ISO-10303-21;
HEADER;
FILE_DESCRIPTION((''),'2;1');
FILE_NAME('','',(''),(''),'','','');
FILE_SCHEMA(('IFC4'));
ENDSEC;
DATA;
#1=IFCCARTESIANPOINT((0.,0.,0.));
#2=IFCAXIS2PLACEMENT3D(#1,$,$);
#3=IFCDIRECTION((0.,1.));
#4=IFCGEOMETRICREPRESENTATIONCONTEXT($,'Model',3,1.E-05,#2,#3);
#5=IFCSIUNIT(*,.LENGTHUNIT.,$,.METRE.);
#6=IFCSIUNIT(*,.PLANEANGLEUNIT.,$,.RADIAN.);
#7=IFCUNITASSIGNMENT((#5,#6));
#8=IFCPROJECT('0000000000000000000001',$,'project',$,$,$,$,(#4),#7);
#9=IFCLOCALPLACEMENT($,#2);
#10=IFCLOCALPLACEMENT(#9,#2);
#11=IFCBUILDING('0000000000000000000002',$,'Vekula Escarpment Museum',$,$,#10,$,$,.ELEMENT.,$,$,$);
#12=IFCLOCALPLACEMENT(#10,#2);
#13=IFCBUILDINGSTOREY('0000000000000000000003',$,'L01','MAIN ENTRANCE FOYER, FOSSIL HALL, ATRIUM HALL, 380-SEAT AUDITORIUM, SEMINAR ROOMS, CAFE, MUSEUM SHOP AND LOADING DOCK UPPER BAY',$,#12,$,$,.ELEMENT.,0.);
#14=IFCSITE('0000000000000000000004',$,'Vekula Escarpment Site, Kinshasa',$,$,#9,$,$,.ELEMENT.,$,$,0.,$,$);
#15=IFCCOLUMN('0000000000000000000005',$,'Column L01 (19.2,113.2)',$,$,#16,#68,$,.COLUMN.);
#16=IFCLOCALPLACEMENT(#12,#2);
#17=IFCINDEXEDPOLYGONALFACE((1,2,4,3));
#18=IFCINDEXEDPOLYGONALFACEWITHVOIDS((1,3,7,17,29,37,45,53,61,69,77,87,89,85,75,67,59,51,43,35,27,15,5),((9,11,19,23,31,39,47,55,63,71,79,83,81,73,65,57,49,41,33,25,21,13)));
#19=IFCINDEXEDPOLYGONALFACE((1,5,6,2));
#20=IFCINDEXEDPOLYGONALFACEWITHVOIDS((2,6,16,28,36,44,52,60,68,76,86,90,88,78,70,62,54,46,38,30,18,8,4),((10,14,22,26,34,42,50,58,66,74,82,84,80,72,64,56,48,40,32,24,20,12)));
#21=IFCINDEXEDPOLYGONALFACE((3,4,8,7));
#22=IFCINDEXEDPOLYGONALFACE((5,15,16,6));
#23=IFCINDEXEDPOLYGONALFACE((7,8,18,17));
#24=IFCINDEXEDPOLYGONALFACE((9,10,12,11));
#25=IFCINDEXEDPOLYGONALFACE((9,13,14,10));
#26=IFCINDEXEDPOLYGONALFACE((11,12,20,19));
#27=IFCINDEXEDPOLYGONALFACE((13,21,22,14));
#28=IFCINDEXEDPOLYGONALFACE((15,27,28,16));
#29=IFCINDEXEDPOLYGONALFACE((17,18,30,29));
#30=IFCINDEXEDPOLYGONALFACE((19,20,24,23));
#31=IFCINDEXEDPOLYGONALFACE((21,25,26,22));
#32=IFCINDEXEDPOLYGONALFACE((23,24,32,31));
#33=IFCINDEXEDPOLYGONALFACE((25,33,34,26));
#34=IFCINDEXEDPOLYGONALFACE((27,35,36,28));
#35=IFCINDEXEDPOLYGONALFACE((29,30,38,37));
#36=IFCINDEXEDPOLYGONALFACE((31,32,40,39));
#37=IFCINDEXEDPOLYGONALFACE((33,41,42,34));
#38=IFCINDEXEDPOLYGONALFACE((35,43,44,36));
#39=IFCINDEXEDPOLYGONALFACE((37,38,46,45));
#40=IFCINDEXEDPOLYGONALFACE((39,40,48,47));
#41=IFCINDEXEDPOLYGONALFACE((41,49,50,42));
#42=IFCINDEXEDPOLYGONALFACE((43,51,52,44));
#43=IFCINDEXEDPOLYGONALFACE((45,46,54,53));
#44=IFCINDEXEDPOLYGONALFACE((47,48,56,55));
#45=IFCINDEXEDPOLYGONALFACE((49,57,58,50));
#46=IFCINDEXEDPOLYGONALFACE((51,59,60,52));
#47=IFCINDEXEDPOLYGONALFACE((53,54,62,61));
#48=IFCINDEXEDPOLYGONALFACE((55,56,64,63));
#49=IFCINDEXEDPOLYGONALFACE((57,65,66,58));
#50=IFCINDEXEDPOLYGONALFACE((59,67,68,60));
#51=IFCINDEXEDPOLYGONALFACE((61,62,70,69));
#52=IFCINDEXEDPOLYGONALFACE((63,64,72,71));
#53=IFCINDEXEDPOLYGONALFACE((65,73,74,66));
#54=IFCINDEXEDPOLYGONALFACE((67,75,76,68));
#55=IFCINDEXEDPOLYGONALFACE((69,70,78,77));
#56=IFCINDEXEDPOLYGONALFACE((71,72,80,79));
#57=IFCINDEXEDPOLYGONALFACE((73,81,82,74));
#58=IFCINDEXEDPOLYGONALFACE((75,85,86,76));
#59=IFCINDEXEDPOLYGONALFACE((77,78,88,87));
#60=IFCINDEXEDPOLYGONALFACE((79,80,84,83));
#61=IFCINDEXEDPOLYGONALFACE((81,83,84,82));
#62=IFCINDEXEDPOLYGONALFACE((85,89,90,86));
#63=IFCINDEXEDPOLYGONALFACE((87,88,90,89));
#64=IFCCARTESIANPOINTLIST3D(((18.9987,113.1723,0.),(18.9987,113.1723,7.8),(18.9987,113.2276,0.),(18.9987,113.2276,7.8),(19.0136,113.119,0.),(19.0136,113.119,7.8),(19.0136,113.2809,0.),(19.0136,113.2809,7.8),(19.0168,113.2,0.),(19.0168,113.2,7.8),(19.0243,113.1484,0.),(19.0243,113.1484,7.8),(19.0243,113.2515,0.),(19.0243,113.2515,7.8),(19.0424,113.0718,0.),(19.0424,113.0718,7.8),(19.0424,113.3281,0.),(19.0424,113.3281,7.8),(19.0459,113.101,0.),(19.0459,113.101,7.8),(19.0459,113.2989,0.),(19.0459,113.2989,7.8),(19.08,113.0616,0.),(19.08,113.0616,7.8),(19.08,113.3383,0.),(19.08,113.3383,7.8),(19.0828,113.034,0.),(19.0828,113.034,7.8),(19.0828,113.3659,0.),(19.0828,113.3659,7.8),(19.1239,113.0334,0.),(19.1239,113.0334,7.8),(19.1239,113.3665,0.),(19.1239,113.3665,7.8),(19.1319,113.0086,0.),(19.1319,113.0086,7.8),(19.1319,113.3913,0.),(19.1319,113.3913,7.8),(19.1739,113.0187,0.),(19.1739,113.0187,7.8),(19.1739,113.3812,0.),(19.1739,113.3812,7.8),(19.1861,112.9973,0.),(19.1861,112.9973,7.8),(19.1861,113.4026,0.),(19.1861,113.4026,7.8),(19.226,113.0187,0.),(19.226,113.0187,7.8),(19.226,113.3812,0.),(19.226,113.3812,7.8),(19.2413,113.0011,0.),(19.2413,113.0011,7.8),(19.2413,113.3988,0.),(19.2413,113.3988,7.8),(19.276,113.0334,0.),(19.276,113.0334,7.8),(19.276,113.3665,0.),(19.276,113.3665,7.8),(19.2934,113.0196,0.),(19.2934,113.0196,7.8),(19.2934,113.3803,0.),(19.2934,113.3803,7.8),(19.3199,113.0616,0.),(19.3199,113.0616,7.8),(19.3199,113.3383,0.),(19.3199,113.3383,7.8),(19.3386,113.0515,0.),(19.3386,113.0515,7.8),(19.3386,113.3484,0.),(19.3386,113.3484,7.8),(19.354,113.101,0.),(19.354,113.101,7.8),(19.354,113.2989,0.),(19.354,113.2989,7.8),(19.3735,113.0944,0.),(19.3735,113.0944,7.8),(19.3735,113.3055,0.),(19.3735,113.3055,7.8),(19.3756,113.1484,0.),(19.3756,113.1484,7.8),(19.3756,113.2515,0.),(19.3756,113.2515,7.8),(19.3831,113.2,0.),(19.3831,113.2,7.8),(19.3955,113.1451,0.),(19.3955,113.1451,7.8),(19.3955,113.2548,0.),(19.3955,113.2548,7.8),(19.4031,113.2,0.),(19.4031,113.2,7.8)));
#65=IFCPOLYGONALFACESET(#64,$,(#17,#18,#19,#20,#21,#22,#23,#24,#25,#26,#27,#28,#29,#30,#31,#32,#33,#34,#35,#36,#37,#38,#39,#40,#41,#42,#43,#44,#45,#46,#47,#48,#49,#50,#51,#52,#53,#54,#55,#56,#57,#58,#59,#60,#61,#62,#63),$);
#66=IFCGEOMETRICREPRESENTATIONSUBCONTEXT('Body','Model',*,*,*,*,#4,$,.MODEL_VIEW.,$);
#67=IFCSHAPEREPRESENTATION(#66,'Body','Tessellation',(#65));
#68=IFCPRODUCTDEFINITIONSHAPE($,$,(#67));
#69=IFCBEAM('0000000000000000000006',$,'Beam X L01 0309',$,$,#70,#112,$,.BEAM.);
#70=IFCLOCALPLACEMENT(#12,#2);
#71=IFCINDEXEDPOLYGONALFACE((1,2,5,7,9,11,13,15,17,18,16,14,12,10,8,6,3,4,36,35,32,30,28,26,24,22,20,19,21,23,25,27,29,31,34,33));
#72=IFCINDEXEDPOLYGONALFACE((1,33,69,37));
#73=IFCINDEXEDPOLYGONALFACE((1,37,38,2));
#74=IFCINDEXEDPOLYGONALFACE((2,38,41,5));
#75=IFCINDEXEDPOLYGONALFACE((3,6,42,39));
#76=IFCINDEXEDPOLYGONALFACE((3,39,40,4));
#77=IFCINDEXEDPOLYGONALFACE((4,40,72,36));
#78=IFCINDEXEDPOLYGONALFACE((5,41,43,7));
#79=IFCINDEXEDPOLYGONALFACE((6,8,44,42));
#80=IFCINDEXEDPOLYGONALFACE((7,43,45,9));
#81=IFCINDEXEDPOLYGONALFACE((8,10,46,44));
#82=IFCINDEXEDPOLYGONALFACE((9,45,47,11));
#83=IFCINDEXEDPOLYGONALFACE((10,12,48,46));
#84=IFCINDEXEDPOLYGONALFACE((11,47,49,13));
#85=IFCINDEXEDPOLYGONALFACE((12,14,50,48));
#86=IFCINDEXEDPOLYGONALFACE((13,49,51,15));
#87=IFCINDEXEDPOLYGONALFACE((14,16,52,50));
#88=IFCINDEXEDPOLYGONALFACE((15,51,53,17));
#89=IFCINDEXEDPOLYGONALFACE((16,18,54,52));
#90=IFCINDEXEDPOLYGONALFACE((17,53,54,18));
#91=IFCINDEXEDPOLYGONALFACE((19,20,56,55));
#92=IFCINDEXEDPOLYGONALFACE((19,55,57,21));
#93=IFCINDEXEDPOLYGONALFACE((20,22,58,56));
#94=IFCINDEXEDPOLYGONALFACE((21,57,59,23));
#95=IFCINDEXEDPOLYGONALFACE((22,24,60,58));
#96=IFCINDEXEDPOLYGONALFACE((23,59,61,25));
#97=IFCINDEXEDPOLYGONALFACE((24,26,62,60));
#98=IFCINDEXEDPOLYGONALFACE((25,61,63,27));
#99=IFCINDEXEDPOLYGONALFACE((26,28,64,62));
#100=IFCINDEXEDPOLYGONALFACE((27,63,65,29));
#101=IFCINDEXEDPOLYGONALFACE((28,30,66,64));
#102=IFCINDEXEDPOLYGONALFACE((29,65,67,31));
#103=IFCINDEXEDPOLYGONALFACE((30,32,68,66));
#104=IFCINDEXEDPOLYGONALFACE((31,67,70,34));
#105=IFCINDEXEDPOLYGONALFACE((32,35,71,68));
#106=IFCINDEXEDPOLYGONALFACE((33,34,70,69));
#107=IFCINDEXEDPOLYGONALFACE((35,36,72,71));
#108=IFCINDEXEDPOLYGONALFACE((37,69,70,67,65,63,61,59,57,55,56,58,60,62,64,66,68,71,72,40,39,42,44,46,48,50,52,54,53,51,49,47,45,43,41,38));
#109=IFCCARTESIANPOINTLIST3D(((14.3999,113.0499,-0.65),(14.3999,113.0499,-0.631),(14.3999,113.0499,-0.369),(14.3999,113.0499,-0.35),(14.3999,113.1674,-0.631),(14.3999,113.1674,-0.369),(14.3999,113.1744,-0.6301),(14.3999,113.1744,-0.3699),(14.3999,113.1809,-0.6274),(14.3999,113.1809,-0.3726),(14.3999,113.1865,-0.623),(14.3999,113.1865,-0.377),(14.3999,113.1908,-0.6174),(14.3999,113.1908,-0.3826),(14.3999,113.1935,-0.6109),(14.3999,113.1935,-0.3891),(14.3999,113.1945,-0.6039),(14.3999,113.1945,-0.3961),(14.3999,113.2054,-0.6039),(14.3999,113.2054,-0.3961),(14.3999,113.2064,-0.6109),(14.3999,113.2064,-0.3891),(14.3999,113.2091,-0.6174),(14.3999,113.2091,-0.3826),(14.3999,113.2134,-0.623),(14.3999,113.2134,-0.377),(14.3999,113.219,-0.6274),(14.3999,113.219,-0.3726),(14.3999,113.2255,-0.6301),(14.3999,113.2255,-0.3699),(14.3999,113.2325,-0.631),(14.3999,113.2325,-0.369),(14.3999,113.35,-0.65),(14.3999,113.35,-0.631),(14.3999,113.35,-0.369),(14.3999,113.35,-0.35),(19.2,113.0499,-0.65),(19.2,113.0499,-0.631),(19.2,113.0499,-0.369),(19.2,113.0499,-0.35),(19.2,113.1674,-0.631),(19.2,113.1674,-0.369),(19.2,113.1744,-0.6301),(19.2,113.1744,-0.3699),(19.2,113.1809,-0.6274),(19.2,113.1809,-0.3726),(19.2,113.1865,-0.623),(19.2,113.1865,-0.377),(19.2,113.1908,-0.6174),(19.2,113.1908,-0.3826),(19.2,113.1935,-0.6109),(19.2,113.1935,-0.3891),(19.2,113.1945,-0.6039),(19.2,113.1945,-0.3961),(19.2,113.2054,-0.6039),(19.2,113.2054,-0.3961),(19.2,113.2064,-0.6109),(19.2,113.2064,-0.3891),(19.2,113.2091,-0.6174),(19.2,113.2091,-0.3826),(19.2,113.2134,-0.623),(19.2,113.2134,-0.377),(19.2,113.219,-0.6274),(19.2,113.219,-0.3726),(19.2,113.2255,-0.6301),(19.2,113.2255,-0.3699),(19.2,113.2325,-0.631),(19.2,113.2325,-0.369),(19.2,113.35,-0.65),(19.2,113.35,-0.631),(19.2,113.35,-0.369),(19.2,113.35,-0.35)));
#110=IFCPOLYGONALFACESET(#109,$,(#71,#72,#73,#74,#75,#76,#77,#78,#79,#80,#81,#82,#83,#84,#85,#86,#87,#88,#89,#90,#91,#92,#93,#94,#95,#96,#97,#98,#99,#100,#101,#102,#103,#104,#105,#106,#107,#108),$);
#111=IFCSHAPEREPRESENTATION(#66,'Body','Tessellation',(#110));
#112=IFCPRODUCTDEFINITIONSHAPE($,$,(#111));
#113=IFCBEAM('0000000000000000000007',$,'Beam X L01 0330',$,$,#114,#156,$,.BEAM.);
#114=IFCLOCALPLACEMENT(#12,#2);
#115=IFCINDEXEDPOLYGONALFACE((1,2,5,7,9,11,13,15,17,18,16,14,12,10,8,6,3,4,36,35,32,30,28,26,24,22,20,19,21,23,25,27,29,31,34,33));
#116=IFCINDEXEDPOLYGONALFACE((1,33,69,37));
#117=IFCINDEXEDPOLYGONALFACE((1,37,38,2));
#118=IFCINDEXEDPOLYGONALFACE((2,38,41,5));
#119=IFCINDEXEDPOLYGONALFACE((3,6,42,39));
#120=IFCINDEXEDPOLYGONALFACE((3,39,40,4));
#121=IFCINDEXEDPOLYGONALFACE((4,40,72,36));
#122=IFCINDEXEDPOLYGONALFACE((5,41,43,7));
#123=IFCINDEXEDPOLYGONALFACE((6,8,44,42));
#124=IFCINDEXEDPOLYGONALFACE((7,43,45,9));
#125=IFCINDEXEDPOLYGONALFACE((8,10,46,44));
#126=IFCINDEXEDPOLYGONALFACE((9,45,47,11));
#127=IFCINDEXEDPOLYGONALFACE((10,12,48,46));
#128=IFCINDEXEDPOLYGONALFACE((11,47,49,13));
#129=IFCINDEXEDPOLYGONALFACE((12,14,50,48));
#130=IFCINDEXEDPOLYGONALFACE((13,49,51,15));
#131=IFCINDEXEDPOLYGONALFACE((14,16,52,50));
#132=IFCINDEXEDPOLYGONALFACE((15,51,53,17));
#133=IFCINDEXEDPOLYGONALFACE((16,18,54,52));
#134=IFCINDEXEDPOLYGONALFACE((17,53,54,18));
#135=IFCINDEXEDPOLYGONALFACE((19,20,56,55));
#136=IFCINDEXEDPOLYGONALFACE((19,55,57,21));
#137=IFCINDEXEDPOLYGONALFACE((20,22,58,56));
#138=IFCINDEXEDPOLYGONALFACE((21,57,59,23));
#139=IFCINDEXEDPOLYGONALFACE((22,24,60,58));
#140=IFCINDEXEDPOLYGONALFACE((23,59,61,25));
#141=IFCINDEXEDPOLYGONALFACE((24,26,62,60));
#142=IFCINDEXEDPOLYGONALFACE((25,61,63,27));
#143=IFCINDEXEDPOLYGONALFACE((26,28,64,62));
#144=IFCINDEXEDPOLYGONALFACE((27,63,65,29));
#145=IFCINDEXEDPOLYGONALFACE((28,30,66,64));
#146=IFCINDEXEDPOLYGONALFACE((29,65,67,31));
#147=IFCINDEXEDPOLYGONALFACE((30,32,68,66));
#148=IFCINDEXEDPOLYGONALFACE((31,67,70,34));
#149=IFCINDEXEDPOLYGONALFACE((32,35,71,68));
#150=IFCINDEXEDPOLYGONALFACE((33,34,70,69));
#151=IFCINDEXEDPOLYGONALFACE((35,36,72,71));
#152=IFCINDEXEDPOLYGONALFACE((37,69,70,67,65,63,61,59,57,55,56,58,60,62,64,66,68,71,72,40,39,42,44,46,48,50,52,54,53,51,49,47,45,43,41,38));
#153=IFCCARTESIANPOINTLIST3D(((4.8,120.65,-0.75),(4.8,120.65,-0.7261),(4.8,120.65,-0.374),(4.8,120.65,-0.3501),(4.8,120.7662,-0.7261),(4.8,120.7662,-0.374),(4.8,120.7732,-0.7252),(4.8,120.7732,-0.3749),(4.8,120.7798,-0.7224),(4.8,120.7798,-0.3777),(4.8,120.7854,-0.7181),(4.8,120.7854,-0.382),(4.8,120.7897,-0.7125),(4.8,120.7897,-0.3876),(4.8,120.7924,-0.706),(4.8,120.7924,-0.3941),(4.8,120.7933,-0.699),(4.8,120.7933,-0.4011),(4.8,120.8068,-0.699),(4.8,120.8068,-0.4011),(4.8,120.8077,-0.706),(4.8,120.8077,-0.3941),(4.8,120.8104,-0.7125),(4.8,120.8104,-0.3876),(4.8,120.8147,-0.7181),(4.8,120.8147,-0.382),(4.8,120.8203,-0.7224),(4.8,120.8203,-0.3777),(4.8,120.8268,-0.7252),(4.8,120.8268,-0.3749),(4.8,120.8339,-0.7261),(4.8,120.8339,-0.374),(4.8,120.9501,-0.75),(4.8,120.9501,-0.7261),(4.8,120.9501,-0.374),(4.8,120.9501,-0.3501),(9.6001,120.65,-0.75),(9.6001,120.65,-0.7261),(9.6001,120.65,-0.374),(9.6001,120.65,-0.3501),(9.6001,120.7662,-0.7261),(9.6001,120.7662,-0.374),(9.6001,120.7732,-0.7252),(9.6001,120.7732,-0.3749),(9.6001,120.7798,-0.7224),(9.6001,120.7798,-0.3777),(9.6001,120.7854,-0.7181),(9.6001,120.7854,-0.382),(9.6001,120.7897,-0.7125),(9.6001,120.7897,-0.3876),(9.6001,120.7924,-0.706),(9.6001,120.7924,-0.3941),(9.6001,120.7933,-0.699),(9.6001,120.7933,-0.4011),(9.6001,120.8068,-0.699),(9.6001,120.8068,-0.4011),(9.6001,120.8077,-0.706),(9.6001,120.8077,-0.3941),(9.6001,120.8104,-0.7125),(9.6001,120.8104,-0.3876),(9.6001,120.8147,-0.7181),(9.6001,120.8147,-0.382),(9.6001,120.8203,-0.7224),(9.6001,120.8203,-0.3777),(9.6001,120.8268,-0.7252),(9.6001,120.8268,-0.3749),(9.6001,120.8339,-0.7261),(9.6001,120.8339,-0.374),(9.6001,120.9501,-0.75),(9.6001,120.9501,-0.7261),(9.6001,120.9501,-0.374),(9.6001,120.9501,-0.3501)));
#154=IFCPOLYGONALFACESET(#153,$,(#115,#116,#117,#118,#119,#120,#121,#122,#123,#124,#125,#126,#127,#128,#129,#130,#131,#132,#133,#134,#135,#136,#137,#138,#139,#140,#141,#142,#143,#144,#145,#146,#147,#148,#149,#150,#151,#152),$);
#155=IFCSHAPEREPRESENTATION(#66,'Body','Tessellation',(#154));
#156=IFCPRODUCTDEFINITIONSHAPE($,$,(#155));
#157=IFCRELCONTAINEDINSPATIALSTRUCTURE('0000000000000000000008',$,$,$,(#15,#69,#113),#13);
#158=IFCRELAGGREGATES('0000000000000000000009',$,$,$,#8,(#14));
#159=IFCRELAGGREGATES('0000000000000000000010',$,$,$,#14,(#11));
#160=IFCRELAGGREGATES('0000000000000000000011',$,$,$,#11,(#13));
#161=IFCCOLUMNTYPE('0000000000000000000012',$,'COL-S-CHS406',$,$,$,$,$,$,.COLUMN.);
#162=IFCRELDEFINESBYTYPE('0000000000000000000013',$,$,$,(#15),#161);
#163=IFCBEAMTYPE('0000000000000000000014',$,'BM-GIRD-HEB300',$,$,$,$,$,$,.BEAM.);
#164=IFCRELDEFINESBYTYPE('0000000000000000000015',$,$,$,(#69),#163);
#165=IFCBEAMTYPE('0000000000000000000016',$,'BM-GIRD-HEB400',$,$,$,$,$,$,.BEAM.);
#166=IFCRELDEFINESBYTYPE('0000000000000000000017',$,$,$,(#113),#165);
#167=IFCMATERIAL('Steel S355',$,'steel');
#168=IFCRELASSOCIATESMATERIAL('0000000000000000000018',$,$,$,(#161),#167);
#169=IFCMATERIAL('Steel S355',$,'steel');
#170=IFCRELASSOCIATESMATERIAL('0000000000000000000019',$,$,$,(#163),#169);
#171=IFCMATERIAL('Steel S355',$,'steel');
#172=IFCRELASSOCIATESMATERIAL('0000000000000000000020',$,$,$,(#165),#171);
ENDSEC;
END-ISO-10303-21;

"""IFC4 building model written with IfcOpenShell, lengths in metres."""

from ifc_helpers import new_model, si_unit, direction, frame, origin, origin_2d, place, context, subcontext, project, spatial, hollow_circle, i_section, extrude, material, material_profile, profile_set, type_object, element, save


model = new_model("IFC4")

# Units and contexts
model_context = context("Model", 3, precision=1e-05, world=origin(), true_north=direction((0.0, 1.0)))
body_context = subcontext(model_context, "Body", "Model", "MODEL_VIEW")
ifc_project = project(units=[si_unit("LENGTHUNIT", "METRE"), si_unit("PLANEANGLEUNIT", "RADIAN")], contexts=[model_context])

# Site, building, storey
site_placement = place(None, origin())
site = spatial("IfcSite", under=ifc_project, at=site_placement, Name="Vekula Escarpment Site, Kinshasa", CompositionType="ELEMENT", RefElevation=0.0)
building_placement = place(site_placement, origin())
building = spatial("IfcBuilding", under=site, at=building_placement, Name="Vekula Escarpment Museum", CompositionType="ELEMENT")
storey_placement = place(building_placement, origin())
storey = spatial("IfcBuildingStorey", under=building, at=storey_placement, Name="L01", Description="MAIN ENTRANCE FOYER, FOSSIL HALL, ATRIUM HALL, 380-SEAT AUDITORIUM, SEMINAR ROOMS, CAFE, MUSEUM SHOP AND LOADING DOCK UPPER BAY", CompositionType="ELEMENT", Elevation=0.0)

# Column
ifc_material_1 = material(Name="Steel S355", Category="steel")
ifc_material_profile_1 = material_profile(ifc_material_1, hollow_circle(Radius=0.2031, WallThickness=0.02, at=origin_2d()), Name="CHS 406.4x20")
ifc_profile_set_1 = profile_set([ifc_material_profile_1], Name="Steel S355")
column_type = type_object("IfcColumnType", Name="COL-S-CHS406", PredefinedType="COLUMN", material=ifc_profile_set_1)
for number, where, z_axis, x_axis, name in (
    (1, (19.2, 113.2, 0.0), (0.0, 0.0, 1.0), (1.0, 0.0, 0.0), "Column L01 (19.2,113.2)"),
):
    element("IfcColumn", number, at=place(storey_placement, frame(where, z_axis=z_axis, x_axis=x_axis)), inside=storey, type_object=column_type, Name=name, PredefinedType="COLUMN", context=body_context, shape_type="SweptSolid", body=[
        extrude(hollow_circle(Radius=0.2031, WallThickness=0.02, at=origin_2d()), origin(), (0.0, 0.0, 1.0), 7.8),
    ])

# Beams
ifc_material_2 = material(Name="Steel S355", Category="steel")
ifc_material_profile_2 = material_profile(ifc_material_2, i_section(OverallWidth=0.3, OverallDepth=0.3, WebThickness=0.011, FlangeThickness=0.019, FilletRadius=0.0271, at=origin_2d()), Name="HEB 300")
ifc_profile_set_2 = profile_set([ifc_material_profile_2], Name="Steel S355")
beam_type_1 = type_object("IfcBeamType", Name="BM-GIRD-HEB300", PredefinedType="BEAM", material=ifc_profile_set_2)
beam_1_placement = place(storey_placement, frame((14.3999, 113.2, -0.5), z_axis=(1.0, 0.0, 0.0), x_axis=(0.0, 1.0, 0.0)))
element("IfcBeam", 2, at=beam_1_placement, inside=storey, type_object=beam_type_1, Name="Beam X L01 0309", PredefinedType="BEAM", context=body_context, shape_type="SweptSolid", body=[
    extrude(i_section(OverallWidth=0.3, OverallDepth=0.3, WebThickness=0.011, FlangeThickness=0.019, FilletRadius=0.0271, at=origin_2d()), origin(), (0.0, 0.0, 1.0), 4.8),
])
ifc_material_3 = material(Name="Steel S355", Category="steel")
ifc_material_profile_3 = material_profile(ifc_material_3, i_section(OverallWidth=0.3, OverallDepth=0.3999, WebThickness=0.0134, FlangeThickness=0.0239, FilletRadius=0.0271, at=origin_2d()), Name="HEB 400")
ifc_profile_set_3 = profile_set([ifc_material_profile_3], Name="Steel S355")
beam_type_2 = type_object("IfcBeamType", Name="BM-GIRD-HEB400", PredefinedType="BEAM", material=ifc_profile_set_3)
beam_2_placement = place(storey_placement, frame((4.8, 120.8, -0.55), z_axis=(1.0, 0.0, 0.0), x_axis=(0.0, 1.0, 0.0)))
element("IfcBeam", 3, at=beam_2_placement, inside=storey, type_object=beam_type_2, Name="Beam X L01 0330", PredefinedType="BEAM", context=body_context, shape_type="SweptSolid", body=[
    extrude(i_section(OverallWidth=0.3, OverallDepth=0.3999, WebThickness=0.0134, FlangeThickness=0.0239, FilletRadius=0.0271, at=origin_2d()), origin(), (0.0, 0.0, 1.0), 4.8),
])

save(model, "model.ifc")
